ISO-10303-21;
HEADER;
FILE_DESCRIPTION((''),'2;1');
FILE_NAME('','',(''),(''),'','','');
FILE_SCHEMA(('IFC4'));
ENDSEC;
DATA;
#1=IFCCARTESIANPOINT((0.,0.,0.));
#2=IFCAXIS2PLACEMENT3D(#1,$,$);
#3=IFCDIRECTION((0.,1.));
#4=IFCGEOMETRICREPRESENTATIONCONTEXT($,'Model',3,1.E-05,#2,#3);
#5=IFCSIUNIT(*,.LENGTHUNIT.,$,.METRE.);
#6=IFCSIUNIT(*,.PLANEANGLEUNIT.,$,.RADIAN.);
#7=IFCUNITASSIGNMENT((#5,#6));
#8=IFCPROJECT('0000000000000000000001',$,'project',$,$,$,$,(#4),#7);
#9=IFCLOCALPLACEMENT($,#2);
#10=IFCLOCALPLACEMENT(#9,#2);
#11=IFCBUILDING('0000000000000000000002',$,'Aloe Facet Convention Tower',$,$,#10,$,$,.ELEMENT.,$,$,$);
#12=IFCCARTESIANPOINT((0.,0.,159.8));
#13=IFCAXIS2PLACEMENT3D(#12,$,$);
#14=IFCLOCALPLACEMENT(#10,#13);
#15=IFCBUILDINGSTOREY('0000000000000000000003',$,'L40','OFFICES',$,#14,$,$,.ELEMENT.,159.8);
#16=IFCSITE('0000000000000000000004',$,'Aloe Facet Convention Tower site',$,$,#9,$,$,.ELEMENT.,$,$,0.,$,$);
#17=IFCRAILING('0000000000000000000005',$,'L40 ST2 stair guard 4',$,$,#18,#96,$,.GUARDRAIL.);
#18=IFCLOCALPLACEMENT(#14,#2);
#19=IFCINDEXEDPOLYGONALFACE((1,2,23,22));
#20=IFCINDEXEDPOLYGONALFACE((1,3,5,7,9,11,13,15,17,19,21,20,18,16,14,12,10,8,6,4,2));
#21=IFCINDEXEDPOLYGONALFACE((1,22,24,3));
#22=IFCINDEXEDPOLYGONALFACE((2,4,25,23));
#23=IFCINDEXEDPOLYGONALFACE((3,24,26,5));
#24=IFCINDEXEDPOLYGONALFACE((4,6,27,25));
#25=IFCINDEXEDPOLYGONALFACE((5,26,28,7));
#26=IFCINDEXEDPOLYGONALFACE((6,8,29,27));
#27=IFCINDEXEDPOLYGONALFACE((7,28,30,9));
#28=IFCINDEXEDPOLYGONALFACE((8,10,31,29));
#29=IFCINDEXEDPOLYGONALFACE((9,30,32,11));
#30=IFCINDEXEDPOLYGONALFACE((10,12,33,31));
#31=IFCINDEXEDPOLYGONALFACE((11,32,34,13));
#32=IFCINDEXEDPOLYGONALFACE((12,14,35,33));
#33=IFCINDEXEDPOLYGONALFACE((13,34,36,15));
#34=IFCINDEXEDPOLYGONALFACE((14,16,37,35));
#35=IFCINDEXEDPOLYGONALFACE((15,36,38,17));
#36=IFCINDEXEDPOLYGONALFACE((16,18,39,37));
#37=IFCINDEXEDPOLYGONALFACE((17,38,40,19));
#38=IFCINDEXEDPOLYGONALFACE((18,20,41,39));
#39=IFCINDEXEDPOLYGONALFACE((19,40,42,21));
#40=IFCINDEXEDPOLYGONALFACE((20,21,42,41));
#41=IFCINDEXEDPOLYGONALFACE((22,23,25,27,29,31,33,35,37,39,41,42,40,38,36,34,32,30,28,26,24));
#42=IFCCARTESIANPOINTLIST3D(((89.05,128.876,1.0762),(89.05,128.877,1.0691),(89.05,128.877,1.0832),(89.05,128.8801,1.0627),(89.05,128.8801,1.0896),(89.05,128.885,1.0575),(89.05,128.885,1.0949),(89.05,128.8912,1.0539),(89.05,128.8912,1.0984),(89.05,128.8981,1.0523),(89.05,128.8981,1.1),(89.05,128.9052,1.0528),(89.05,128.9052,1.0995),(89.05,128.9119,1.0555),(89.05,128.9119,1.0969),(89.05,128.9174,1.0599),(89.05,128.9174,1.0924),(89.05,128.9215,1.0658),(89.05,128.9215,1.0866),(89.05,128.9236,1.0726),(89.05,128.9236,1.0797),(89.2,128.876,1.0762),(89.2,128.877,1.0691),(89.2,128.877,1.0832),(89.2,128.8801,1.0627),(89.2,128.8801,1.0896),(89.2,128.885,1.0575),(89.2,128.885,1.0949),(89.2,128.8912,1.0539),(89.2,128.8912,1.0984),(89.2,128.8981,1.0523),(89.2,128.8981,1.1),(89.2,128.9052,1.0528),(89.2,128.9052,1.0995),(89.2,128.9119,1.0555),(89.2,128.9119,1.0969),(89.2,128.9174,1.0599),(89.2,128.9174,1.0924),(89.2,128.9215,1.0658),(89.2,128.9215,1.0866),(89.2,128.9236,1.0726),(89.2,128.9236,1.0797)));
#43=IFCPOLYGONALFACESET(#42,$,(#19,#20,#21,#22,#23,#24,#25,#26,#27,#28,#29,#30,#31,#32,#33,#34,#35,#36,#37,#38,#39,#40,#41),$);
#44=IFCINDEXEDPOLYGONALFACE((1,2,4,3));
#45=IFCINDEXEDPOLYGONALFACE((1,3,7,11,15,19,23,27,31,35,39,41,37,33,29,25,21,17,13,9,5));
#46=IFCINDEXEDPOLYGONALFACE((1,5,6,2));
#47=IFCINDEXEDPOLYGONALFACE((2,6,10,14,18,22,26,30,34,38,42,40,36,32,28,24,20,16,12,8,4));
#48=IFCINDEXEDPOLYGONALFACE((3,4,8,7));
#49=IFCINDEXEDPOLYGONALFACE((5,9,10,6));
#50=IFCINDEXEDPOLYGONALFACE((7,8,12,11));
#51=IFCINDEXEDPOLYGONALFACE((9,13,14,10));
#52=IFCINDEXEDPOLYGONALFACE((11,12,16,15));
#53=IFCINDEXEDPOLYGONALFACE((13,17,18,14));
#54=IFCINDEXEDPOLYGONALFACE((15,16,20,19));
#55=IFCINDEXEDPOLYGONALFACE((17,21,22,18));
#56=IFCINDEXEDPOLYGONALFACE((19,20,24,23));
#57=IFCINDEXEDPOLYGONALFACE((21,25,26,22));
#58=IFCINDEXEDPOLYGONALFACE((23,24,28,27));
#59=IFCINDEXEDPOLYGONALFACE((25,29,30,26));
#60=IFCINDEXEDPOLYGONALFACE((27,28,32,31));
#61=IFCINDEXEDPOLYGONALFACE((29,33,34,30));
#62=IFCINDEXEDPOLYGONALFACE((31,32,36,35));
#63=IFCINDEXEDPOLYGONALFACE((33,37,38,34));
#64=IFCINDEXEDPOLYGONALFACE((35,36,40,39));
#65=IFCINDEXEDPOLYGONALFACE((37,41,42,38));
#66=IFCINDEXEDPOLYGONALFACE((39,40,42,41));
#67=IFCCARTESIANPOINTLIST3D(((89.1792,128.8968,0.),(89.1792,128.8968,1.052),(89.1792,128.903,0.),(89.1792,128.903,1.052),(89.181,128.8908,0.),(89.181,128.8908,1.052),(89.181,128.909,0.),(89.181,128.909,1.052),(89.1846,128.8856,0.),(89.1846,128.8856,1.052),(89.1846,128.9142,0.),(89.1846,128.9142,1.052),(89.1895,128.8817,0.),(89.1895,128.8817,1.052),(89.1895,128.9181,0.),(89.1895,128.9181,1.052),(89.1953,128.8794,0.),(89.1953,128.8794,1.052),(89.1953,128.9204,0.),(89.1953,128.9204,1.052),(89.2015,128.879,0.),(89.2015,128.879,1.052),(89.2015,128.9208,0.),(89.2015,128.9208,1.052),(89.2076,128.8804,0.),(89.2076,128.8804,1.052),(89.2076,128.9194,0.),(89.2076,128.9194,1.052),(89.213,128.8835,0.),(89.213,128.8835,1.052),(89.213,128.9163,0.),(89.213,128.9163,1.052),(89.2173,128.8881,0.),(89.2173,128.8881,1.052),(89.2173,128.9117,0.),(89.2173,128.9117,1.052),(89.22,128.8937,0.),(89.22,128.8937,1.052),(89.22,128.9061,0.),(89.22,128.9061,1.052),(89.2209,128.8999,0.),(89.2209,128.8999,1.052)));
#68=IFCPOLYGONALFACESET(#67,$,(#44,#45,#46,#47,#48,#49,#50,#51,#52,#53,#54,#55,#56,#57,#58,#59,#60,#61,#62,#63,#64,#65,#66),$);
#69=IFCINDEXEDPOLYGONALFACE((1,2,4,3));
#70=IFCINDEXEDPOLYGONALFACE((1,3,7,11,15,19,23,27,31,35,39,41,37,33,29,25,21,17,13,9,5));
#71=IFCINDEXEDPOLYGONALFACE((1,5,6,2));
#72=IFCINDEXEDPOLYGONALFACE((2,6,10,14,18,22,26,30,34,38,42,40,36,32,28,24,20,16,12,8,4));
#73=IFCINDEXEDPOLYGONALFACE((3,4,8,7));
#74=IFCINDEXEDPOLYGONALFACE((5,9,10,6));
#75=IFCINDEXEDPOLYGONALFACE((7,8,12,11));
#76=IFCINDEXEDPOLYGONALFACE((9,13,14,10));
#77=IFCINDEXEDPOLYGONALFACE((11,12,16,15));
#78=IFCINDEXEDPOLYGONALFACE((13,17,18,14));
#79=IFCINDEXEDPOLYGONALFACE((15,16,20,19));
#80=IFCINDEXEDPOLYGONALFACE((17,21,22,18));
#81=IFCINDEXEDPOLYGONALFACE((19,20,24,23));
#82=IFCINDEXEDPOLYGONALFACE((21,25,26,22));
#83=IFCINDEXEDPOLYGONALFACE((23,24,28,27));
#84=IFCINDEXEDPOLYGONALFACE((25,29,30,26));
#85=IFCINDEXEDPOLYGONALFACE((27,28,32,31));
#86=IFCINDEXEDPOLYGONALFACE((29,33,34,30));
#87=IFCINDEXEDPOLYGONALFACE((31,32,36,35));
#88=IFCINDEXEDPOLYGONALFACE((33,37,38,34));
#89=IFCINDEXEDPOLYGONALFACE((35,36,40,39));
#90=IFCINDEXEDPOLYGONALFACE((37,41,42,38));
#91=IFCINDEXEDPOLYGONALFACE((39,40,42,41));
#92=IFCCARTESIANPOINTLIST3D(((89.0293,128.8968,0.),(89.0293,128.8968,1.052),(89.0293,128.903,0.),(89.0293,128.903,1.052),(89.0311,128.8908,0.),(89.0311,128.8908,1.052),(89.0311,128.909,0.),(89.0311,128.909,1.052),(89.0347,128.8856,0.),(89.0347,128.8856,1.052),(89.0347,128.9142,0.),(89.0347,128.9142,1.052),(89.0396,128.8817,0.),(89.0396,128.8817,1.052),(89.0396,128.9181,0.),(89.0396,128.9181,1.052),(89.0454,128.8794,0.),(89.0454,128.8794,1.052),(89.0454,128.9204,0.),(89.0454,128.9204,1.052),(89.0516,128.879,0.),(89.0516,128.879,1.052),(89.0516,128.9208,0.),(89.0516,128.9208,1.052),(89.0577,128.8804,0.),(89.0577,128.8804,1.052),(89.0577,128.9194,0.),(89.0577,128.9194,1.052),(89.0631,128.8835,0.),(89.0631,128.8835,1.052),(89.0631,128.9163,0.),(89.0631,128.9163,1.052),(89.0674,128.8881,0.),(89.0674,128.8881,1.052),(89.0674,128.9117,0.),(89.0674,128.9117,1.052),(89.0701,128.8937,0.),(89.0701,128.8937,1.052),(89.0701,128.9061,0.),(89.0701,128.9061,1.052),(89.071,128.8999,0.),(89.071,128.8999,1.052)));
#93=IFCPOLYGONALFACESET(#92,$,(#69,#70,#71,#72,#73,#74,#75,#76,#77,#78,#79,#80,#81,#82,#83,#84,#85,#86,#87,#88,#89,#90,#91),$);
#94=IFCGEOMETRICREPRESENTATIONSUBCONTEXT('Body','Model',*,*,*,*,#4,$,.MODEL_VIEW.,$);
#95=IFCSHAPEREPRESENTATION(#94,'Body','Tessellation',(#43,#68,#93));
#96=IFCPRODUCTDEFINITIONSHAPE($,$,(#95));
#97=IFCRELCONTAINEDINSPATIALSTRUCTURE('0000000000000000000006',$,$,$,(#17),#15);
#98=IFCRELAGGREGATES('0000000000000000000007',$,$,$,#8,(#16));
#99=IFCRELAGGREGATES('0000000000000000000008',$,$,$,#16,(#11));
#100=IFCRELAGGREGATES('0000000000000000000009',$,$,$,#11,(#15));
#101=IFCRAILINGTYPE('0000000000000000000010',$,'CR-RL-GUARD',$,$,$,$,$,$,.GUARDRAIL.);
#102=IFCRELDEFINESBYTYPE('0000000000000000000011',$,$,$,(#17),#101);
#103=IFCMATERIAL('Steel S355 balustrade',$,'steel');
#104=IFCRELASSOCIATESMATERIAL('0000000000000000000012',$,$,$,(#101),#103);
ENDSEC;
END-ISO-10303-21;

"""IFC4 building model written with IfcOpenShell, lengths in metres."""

from ifc_helpers import new_model, si_unit, direction, frame, origin, origin_2d, place, context, subcontext, project, spatial, circle, extrude, material, type_object, element, save


model = new_model("IFC4")

# Units and contexts
model_context = context("Model", 3, precision=1e-05, world=origin(), true_north=direction((0.0, 1.0)))
body_context = subcontext(model_context, "Body", "Model", "MODEL_VIEW")
ifc_project = project(units=[si_unit("LENGTHUNIT", "METRE"), si_unit("PLANEANGLEUNIT", "RADIAN")], contexts=[model_context])

# Site, building, storey
site_placement = place(None, origin())
site = spatial("IfcSite", under=ifc_project, at=site_placement, Name="Aloe Facet Convention Tower site", CompositionType="ELEMENT", RefElevation=0.0)
building_placement = place(site_placement, origin())
building = spatial("IfcBuilding", under=site, at=building_placement, Name="Aloe Facet Convention Tower", CompositionType="ELEMENT")
storey_placement = place(building_placement, frame((0.0, 0.0, 159.8)))
storey = spatial("IfcBuildingStorey", under=building, at=storey_placement, Name="L40", Description="OFFICES", CompositionType="ELEMENT", Elevation=159.8)

# Railing
ifc_material_1 = material(Name="Steel S355 balustrade", Category="steel")
railing_type_1 = type_object("IfcRailingType", Name="CR-RL-GUARD", PredefinedType="GUARDRAIL", material=ifc_material_1)
railing_1_placement = place(storey_placement, frame((89.2, 128.8999, 0.0)))
element("IfcRailing", 1, at=railing_1_placement, inside=storey, type_object=railing_type_1, Name="L40 ST2 stair guard 4", PredefinedType="GUARDRAIL", context=body_context, shape_type="SweptSolid", body=[
    extrude(circle(Radius=0.0239, at=origin_2d()), frame((0.0, 0.0, 1.0762), z_axis=(-1.0, 0.0, 0.0), x_axis=(0.0, -1.0, 0.0)), (0.0, 0.0, 1.0), 0.1499),
    extrude(circle(Radius=0.021, at=origin_2d()), origin(), (0.0, 0.0, 1.0), 1.052),
    extrude(circle(Radius=0.021, at=origin_2d()), frame((-0.1499, 0.0, 0.0)), (0.0, 0.0, 1.0), 1.052),
])

save(model, "model.ifc")
